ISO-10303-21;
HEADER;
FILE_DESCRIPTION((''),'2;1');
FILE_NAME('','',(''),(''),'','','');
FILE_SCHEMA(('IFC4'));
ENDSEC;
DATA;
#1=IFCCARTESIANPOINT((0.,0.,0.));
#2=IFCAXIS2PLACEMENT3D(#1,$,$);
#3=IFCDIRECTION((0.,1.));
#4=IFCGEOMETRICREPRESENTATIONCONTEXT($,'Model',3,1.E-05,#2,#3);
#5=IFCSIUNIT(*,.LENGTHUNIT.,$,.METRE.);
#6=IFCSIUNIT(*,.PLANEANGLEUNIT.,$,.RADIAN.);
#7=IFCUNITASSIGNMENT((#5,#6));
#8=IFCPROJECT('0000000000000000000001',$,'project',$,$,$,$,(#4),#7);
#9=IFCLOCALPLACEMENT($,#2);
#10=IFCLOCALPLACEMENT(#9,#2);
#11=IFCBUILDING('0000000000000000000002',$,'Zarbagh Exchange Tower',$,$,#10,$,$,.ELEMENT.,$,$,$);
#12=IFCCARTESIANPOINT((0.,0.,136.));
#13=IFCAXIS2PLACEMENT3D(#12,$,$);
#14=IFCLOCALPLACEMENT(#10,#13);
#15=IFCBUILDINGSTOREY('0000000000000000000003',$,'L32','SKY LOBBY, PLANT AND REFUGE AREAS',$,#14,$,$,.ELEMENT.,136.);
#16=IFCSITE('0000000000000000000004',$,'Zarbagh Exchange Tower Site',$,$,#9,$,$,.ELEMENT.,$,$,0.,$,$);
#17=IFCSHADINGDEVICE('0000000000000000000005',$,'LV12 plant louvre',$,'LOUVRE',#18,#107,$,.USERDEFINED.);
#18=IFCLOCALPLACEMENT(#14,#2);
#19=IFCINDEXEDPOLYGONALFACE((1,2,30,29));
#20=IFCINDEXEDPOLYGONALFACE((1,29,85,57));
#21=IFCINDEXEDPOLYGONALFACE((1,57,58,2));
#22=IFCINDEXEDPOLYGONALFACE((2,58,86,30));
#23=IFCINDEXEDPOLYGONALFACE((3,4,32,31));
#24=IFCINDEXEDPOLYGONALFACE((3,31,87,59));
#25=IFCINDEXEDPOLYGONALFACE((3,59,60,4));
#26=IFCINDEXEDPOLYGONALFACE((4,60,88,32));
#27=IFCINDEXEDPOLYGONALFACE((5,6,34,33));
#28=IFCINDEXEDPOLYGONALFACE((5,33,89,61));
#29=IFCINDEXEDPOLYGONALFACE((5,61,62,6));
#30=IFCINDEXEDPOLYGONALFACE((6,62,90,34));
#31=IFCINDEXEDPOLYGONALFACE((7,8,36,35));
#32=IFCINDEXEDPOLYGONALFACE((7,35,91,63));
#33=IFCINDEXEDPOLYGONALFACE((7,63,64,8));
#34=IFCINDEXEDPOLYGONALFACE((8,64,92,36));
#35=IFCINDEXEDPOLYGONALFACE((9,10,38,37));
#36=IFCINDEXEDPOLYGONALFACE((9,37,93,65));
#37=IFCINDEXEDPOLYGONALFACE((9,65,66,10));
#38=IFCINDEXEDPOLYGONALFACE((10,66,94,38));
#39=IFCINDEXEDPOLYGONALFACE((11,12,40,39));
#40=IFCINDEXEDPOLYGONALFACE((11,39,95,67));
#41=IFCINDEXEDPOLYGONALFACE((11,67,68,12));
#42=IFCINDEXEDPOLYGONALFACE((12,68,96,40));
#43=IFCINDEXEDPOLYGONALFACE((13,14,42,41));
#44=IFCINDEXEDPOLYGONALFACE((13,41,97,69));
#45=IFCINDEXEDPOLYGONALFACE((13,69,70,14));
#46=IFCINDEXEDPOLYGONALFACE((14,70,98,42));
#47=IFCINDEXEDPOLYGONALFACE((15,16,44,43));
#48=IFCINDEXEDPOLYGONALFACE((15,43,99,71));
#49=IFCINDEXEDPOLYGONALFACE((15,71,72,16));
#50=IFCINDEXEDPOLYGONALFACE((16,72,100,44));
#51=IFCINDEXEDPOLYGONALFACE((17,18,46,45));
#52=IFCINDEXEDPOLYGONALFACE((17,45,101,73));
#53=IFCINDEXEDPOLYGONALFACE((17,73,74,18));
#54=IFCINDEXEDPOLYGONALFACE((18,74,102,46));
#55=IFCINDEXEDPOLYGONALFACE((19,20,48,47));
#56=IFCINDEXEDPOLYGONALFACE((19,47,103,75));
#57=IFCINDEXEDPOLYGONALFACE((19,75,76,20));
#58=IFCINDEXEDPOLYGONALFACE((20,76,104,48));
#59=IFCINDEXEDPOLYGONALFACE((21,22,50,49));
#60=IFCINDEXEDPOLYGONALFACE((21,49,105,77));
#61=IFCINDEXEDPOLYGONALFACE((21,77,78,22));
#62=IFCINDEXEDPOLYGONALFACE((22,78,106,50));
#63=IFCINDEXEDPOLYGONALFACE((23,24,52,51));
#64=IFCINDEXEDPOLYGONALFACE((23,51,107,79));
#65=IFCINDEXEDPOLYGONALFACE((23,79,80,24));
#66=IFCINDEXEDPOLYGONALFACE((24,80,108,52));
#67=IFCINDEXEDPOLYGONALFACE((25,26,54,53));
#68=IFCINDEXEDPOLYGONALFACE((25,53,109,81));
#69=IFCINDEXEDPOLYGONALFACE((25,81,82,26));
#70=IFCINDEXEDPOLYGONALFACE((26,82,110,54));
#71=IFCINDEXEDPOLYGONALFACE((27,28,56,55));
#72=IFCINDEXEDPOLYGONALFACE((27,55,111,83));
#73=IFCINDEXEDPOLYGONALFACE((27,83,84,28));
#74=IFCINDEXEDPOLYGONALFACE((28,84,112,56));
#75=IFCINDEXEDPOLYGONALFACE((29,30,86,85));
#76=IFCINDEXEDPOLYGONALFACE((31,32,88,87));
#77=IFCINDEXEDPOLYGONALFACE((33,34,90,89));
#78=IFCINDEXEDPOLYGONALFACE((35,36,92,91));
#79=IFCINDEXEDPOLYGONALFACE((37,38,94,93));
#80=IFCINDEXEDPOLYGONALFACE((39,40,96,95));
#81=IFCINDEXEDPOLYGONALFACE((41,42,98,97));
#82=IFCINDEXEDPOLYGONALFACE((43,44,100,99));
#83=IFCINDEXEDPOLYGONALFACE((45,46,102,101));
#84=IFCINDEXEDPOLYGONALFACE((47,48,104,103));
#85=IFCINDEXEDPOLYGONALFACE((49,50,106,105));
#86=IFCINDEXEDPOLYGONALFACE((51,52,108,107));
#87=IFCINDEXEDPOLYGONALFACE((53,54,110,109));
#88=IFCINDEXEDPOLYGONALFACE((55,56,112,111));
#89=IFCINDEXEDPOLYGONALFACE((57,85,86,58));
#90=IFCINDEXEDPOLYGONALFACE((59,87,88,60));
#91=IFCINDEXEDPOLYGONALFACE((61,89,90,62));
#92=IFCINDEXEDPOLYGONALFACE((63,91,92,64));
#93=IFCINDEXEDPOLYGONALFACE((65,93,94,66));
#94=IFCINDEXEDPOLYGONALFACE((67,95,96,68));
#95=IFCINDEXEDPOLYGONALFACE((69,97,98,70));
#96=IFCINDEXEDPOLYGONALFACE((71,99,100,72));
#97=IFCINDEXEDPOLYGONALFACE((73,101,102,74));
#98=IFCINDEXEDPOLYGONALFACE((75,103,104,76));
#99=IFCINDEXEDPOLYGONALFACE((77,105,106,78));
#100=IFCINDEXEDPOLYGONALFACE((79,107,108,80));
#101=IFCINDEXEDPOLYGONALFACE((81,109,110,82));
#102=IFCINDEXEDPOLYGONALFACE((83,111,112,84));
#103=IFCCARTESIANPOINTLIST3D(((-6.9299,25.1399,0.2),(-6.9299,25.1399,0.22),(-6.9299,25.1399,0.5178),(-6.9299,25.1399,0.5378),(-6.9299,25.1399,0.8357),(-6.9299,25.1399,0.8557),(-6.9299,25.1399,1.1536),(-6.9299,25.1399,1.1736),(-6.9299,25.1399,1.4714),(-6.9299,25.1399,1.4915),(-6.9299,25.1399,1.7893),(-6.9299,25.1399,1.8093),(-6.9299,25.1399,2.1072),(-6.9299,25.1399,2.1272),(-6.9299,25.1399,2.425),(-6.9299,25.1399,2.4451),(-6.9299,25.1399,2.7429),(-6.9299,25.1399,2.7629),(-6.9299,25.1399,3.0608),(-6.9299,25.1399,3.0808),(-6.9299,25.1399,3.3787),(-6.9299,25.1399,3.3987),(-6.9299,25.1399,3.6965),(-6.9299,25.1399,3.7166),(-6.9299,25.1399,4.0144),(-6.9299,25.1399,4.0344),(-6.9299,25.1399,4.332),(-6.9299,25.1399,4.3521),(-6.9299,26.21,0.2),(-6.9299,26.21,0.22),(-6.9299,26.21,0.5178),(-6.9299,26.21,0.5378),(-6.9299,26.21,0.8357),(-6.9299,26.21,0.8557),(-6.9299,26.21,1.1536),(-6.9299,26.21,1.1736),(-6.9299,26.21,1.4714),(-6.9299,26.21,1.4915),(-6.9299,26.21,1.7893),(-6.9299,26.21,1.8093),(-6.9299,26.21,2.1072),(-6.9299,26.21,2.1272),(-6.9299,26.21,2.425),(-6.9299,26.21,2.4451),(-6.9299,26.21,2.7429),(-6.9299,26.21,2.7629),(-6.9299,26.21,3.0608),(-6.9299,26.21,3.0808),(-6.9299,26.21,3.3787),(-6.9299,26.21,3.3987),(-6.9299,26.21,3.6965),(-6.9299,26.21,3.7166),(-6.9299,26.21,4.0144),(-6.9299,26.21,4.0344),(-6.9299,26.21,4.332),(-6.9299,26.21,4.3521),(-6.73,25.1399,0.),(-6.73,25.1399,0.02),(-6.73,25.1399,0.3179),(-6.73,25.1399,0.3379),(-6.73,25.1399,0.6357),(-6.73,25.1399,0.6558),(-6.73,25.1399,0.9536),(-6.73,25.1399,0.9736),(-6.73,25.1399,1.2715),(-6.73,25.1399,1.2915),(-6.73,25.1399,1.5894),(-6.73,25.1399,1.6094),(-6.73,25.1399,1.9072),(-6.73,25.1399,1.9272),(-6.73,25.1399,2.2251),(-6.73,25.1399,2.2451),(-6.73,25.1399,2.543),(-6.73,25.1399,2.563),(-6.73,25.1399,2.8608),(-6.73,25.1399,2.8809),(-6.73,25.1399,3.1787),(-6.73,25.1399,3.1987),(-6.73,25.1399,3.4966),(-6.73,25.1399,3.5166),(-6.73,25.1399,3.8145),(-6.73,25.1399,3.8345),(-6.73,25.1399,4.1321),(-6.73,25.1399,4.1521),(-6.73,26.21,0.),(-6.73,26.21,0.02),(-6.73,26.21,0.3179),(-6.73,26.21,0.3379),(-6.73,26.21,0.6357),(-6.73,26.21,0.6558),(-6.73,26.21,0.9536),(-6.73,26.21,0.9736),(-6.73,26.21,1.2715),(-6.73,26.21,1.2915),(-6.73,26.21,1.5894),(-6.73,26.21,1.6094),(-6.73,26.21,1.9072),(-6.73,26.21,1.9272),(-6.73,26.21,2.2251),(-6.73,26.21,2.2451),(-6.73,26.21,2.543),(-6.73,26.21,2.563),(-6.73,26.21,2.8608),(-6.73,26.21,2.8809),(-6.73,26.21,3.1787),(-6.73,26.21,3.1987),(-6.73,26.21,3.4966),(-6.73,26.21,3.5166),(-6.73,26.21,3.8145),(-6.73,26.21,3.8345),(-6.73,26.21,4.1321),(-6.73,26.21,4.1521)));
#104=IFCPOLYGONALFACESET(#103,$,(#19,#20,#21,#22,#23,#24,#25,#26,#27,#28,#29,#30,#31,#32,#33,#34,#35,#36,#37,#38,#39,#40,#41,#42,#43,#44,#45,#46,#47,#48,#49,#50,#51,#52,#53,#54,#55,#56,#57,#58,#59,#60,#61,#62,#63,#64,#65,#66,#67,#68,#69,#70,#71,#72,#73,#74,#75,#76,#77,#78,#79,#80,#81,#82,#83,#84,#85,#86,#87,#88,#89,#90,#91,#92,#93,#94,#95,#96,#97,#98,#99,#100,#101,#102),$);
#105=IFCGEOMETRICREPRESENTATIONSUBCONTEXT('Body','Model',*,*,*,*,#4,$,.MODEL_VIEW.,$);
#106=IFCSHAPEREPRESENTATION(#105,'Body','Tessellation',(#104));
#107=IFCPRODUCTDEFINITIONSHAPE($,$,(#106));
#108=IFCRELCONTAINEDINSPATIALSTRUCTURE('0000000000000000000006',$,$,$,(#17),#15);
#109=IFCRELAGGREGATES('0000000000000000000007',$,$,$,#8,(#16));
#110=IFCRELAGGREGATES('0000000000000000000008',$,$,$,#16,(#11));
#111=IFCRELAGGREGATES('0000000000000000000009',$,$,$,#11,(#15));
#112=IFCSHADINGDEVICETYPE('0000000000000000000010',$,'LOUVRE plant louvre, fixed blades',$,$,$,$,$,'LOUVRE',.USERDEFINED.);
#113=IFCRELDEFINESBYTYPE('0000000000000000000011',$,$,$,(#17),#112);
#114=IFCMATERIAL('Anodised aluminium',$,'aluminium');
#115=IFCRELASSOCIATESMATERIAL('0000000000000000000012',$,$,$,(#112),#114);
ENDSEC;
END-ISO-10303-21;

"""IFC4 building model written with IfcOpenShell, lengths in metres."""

from ifc_helpers import new_model, si_unit, direction, frame, origin, place, context, subcontext, project, spatial, polyline, outline, extrude, source, transform, mapped, material, type_object, element, save


model = new_model("IFC4")

# Units and contexts
model_context = context("Model", 3, precision=1e-05, world=origin(), true_north=direction((0.0, 1.0)))
body_context = subcontext(model_context, "Body", "Model", "MODEL_VIEW")
ifc_project = project(units=[si_unit("LENGTHUNIT", "METRE"), si_unit("PLANEANGLEUNIT", "RADIAN")], contexts=[model_context])

# Site, building, storey
site_placement = place(None, origin())
site = spatial("IfcSite", under=ifc_project, at=site_placement, Name="Zarbagh Exchange Tower Site", CompositionType="ELEMENT", RefElevation=0.0)
building_placement = place(site_placement, origin())
building = spatial("IfcBuilding", under=site, at=building_placement, Name="Zarbagh Exchange Tower", CompositionType="ELEMENT")
storey_placement = place(building_placement, frame((0.0, 0.0, 136.0)))
storey = spatial("IfcBuildingStorey", under=building, at=storey_placement, Name="L32", Description="SKY LOBBY, PLANT AND REFUGE AREAS", CompositionType="ELEMENT", Elevation=136.0)

# Shared definitions
placement = place(storey_placement, origin())

# Shared definitions
ifc_material_1 = material(Name="Anodised aluminium", Category="aluminium")
shading_device_type = type_object("IfcShadingDeviceType", Name="LOUVRE plant louvre, fixed blades", ElementType="LOUVRE", PredefinedType="USERDEFINED", material=ifc_material_1)

# Shading device
shared_shape_1 = source(origin(), body_context, "Body", "SweptSolid", [
    extrude(outline(polyline([(0.0, 0.2), (0.2, 0.0), (0.2, -0.02), (0.0, 0.1799), (0.0, 0.2)])), origin(), (0.0, 0.0, 1.0), 1.0701),
])
element("IfcShadingDevice", 1, at=placement, inside=storey, type_object=shading_device_type, Name="LV12 plant louvre", ObjectType="LOUVRE", PredefinedType="USERDEFINED", context=body_context, shape_type="MappedRepresentation", body=[
    mapped(shared_shape_1, transform((-6.73, 26.21, 0.2), x_axis=(-1.0, 0.0, 0.0), y_axis=(0.0, 0.0, -1.0), z_axis=(0.0, -1.0, 0.0))),
    mapped(shared_shape_1, transform((-6.73, 26.21, 0.5178), x_axis=(-1.0, 0.0, 0.0), y_axis=(0.0, 0.0, -1.0), z_axis=(0.0, -1.0, 0.0))),
    mapped(shared_shape_1, transform((-6.73, 26.21, 0.8357), x_axis=(-1.0, 0.0, 0.0), y_axis=(0.0, 0.0, -1.0), z_axis=(0.0, -1.0, 0.0))),
    mapped(shared_shape_1, transform((-6.73, 26.21, 1.1536), x_axis=(-1.0, 0.0, 0.0), y_axis=(0.0, 0.0, -1.0), z_axis=(0.0, -1.0, 0.0))),
    mapped(shared_shape_1, transform((-6.73, 26.21, 1.4714), x_axis=(-1.0, 0.0, 0.0), y_axis=(0.0, 0.0, -1.0), z_axis=(0.0, -1.0, 0.0))),
    mapped(shared_shape_1, transform((-6.73, 26.21, 1.7893), x_axis=(-1.0, 0.0, 0.0), y_axis=(0.0, 0.0, -1.0), z_axis=(0.0, -1.0, 0.0))),
    mapped(shared_shape_1, transform((-6.73, 26.21, 2.1072), x_axis=(-1.0, 0.0, 0.0), y_axis=(0.0, 0.0, -1.0), z_axis=(0.0, -1.0, 0.0))),
    mapped(shared_shape_1, transform((-6.73, 26.21, 2.425), x_axis=(-1.0, 0.0, 0.0), y_axis=(0.0, 0.0, -1.0), z_axis=(0.0, -1.0, 0.0))),
    mapped(shared_shape_1, transform((-6.73, 26.21, 2.7429), x_axis=(-1.0, 0.0, 0.0), y_axis=(0.0, 0.0, -1.0), z_axis=(0.0, -1.0, 0.0))),
    mapped(shared_shape_1, transform((-6.73, 26.21, 3.0608), x_axis=(-1.0, 0.0, 0.0), y_axis=(0.0, 0.0, -1.0), z_axis=(0.0, -1.0, 0.0))),
    mapped(shared_shape_1, transform((-6.73, 26.21, 3.3787), x_axis=(-1.0, 0.0, 0.0), y_axis=(0.0, 0.0, -1.0), z_axis=(0.0, -1.0, 0.0))),
    mapped(shared_shape_1, transform((-6.73, 26.21, 3.6965), x_axis=(-1.0, 0.0, 0.0), y_axis=(0.0, 0.0, -1.0), z_axis=(0.0, -1.0, 0.0))),
    mapped(shared_shape_1, transform((-6.73, 26.21, 4.0144), x_axis=(-1.0, 0.0, 0.0), y_axis=(0.0, 0.0, -1.0), z_axis=(0.0, -1.0, 0.0))),
    mapped(shared_shape_1, transform((-6.73, 26.21, 4.332), x_axis=(-1.0, 0.0, 0.0), y_axis=(0.0, 0.0, -1.0), z_axis=(0.0, -1.0, 0.0))),
])

save(model, "model.ifc")
